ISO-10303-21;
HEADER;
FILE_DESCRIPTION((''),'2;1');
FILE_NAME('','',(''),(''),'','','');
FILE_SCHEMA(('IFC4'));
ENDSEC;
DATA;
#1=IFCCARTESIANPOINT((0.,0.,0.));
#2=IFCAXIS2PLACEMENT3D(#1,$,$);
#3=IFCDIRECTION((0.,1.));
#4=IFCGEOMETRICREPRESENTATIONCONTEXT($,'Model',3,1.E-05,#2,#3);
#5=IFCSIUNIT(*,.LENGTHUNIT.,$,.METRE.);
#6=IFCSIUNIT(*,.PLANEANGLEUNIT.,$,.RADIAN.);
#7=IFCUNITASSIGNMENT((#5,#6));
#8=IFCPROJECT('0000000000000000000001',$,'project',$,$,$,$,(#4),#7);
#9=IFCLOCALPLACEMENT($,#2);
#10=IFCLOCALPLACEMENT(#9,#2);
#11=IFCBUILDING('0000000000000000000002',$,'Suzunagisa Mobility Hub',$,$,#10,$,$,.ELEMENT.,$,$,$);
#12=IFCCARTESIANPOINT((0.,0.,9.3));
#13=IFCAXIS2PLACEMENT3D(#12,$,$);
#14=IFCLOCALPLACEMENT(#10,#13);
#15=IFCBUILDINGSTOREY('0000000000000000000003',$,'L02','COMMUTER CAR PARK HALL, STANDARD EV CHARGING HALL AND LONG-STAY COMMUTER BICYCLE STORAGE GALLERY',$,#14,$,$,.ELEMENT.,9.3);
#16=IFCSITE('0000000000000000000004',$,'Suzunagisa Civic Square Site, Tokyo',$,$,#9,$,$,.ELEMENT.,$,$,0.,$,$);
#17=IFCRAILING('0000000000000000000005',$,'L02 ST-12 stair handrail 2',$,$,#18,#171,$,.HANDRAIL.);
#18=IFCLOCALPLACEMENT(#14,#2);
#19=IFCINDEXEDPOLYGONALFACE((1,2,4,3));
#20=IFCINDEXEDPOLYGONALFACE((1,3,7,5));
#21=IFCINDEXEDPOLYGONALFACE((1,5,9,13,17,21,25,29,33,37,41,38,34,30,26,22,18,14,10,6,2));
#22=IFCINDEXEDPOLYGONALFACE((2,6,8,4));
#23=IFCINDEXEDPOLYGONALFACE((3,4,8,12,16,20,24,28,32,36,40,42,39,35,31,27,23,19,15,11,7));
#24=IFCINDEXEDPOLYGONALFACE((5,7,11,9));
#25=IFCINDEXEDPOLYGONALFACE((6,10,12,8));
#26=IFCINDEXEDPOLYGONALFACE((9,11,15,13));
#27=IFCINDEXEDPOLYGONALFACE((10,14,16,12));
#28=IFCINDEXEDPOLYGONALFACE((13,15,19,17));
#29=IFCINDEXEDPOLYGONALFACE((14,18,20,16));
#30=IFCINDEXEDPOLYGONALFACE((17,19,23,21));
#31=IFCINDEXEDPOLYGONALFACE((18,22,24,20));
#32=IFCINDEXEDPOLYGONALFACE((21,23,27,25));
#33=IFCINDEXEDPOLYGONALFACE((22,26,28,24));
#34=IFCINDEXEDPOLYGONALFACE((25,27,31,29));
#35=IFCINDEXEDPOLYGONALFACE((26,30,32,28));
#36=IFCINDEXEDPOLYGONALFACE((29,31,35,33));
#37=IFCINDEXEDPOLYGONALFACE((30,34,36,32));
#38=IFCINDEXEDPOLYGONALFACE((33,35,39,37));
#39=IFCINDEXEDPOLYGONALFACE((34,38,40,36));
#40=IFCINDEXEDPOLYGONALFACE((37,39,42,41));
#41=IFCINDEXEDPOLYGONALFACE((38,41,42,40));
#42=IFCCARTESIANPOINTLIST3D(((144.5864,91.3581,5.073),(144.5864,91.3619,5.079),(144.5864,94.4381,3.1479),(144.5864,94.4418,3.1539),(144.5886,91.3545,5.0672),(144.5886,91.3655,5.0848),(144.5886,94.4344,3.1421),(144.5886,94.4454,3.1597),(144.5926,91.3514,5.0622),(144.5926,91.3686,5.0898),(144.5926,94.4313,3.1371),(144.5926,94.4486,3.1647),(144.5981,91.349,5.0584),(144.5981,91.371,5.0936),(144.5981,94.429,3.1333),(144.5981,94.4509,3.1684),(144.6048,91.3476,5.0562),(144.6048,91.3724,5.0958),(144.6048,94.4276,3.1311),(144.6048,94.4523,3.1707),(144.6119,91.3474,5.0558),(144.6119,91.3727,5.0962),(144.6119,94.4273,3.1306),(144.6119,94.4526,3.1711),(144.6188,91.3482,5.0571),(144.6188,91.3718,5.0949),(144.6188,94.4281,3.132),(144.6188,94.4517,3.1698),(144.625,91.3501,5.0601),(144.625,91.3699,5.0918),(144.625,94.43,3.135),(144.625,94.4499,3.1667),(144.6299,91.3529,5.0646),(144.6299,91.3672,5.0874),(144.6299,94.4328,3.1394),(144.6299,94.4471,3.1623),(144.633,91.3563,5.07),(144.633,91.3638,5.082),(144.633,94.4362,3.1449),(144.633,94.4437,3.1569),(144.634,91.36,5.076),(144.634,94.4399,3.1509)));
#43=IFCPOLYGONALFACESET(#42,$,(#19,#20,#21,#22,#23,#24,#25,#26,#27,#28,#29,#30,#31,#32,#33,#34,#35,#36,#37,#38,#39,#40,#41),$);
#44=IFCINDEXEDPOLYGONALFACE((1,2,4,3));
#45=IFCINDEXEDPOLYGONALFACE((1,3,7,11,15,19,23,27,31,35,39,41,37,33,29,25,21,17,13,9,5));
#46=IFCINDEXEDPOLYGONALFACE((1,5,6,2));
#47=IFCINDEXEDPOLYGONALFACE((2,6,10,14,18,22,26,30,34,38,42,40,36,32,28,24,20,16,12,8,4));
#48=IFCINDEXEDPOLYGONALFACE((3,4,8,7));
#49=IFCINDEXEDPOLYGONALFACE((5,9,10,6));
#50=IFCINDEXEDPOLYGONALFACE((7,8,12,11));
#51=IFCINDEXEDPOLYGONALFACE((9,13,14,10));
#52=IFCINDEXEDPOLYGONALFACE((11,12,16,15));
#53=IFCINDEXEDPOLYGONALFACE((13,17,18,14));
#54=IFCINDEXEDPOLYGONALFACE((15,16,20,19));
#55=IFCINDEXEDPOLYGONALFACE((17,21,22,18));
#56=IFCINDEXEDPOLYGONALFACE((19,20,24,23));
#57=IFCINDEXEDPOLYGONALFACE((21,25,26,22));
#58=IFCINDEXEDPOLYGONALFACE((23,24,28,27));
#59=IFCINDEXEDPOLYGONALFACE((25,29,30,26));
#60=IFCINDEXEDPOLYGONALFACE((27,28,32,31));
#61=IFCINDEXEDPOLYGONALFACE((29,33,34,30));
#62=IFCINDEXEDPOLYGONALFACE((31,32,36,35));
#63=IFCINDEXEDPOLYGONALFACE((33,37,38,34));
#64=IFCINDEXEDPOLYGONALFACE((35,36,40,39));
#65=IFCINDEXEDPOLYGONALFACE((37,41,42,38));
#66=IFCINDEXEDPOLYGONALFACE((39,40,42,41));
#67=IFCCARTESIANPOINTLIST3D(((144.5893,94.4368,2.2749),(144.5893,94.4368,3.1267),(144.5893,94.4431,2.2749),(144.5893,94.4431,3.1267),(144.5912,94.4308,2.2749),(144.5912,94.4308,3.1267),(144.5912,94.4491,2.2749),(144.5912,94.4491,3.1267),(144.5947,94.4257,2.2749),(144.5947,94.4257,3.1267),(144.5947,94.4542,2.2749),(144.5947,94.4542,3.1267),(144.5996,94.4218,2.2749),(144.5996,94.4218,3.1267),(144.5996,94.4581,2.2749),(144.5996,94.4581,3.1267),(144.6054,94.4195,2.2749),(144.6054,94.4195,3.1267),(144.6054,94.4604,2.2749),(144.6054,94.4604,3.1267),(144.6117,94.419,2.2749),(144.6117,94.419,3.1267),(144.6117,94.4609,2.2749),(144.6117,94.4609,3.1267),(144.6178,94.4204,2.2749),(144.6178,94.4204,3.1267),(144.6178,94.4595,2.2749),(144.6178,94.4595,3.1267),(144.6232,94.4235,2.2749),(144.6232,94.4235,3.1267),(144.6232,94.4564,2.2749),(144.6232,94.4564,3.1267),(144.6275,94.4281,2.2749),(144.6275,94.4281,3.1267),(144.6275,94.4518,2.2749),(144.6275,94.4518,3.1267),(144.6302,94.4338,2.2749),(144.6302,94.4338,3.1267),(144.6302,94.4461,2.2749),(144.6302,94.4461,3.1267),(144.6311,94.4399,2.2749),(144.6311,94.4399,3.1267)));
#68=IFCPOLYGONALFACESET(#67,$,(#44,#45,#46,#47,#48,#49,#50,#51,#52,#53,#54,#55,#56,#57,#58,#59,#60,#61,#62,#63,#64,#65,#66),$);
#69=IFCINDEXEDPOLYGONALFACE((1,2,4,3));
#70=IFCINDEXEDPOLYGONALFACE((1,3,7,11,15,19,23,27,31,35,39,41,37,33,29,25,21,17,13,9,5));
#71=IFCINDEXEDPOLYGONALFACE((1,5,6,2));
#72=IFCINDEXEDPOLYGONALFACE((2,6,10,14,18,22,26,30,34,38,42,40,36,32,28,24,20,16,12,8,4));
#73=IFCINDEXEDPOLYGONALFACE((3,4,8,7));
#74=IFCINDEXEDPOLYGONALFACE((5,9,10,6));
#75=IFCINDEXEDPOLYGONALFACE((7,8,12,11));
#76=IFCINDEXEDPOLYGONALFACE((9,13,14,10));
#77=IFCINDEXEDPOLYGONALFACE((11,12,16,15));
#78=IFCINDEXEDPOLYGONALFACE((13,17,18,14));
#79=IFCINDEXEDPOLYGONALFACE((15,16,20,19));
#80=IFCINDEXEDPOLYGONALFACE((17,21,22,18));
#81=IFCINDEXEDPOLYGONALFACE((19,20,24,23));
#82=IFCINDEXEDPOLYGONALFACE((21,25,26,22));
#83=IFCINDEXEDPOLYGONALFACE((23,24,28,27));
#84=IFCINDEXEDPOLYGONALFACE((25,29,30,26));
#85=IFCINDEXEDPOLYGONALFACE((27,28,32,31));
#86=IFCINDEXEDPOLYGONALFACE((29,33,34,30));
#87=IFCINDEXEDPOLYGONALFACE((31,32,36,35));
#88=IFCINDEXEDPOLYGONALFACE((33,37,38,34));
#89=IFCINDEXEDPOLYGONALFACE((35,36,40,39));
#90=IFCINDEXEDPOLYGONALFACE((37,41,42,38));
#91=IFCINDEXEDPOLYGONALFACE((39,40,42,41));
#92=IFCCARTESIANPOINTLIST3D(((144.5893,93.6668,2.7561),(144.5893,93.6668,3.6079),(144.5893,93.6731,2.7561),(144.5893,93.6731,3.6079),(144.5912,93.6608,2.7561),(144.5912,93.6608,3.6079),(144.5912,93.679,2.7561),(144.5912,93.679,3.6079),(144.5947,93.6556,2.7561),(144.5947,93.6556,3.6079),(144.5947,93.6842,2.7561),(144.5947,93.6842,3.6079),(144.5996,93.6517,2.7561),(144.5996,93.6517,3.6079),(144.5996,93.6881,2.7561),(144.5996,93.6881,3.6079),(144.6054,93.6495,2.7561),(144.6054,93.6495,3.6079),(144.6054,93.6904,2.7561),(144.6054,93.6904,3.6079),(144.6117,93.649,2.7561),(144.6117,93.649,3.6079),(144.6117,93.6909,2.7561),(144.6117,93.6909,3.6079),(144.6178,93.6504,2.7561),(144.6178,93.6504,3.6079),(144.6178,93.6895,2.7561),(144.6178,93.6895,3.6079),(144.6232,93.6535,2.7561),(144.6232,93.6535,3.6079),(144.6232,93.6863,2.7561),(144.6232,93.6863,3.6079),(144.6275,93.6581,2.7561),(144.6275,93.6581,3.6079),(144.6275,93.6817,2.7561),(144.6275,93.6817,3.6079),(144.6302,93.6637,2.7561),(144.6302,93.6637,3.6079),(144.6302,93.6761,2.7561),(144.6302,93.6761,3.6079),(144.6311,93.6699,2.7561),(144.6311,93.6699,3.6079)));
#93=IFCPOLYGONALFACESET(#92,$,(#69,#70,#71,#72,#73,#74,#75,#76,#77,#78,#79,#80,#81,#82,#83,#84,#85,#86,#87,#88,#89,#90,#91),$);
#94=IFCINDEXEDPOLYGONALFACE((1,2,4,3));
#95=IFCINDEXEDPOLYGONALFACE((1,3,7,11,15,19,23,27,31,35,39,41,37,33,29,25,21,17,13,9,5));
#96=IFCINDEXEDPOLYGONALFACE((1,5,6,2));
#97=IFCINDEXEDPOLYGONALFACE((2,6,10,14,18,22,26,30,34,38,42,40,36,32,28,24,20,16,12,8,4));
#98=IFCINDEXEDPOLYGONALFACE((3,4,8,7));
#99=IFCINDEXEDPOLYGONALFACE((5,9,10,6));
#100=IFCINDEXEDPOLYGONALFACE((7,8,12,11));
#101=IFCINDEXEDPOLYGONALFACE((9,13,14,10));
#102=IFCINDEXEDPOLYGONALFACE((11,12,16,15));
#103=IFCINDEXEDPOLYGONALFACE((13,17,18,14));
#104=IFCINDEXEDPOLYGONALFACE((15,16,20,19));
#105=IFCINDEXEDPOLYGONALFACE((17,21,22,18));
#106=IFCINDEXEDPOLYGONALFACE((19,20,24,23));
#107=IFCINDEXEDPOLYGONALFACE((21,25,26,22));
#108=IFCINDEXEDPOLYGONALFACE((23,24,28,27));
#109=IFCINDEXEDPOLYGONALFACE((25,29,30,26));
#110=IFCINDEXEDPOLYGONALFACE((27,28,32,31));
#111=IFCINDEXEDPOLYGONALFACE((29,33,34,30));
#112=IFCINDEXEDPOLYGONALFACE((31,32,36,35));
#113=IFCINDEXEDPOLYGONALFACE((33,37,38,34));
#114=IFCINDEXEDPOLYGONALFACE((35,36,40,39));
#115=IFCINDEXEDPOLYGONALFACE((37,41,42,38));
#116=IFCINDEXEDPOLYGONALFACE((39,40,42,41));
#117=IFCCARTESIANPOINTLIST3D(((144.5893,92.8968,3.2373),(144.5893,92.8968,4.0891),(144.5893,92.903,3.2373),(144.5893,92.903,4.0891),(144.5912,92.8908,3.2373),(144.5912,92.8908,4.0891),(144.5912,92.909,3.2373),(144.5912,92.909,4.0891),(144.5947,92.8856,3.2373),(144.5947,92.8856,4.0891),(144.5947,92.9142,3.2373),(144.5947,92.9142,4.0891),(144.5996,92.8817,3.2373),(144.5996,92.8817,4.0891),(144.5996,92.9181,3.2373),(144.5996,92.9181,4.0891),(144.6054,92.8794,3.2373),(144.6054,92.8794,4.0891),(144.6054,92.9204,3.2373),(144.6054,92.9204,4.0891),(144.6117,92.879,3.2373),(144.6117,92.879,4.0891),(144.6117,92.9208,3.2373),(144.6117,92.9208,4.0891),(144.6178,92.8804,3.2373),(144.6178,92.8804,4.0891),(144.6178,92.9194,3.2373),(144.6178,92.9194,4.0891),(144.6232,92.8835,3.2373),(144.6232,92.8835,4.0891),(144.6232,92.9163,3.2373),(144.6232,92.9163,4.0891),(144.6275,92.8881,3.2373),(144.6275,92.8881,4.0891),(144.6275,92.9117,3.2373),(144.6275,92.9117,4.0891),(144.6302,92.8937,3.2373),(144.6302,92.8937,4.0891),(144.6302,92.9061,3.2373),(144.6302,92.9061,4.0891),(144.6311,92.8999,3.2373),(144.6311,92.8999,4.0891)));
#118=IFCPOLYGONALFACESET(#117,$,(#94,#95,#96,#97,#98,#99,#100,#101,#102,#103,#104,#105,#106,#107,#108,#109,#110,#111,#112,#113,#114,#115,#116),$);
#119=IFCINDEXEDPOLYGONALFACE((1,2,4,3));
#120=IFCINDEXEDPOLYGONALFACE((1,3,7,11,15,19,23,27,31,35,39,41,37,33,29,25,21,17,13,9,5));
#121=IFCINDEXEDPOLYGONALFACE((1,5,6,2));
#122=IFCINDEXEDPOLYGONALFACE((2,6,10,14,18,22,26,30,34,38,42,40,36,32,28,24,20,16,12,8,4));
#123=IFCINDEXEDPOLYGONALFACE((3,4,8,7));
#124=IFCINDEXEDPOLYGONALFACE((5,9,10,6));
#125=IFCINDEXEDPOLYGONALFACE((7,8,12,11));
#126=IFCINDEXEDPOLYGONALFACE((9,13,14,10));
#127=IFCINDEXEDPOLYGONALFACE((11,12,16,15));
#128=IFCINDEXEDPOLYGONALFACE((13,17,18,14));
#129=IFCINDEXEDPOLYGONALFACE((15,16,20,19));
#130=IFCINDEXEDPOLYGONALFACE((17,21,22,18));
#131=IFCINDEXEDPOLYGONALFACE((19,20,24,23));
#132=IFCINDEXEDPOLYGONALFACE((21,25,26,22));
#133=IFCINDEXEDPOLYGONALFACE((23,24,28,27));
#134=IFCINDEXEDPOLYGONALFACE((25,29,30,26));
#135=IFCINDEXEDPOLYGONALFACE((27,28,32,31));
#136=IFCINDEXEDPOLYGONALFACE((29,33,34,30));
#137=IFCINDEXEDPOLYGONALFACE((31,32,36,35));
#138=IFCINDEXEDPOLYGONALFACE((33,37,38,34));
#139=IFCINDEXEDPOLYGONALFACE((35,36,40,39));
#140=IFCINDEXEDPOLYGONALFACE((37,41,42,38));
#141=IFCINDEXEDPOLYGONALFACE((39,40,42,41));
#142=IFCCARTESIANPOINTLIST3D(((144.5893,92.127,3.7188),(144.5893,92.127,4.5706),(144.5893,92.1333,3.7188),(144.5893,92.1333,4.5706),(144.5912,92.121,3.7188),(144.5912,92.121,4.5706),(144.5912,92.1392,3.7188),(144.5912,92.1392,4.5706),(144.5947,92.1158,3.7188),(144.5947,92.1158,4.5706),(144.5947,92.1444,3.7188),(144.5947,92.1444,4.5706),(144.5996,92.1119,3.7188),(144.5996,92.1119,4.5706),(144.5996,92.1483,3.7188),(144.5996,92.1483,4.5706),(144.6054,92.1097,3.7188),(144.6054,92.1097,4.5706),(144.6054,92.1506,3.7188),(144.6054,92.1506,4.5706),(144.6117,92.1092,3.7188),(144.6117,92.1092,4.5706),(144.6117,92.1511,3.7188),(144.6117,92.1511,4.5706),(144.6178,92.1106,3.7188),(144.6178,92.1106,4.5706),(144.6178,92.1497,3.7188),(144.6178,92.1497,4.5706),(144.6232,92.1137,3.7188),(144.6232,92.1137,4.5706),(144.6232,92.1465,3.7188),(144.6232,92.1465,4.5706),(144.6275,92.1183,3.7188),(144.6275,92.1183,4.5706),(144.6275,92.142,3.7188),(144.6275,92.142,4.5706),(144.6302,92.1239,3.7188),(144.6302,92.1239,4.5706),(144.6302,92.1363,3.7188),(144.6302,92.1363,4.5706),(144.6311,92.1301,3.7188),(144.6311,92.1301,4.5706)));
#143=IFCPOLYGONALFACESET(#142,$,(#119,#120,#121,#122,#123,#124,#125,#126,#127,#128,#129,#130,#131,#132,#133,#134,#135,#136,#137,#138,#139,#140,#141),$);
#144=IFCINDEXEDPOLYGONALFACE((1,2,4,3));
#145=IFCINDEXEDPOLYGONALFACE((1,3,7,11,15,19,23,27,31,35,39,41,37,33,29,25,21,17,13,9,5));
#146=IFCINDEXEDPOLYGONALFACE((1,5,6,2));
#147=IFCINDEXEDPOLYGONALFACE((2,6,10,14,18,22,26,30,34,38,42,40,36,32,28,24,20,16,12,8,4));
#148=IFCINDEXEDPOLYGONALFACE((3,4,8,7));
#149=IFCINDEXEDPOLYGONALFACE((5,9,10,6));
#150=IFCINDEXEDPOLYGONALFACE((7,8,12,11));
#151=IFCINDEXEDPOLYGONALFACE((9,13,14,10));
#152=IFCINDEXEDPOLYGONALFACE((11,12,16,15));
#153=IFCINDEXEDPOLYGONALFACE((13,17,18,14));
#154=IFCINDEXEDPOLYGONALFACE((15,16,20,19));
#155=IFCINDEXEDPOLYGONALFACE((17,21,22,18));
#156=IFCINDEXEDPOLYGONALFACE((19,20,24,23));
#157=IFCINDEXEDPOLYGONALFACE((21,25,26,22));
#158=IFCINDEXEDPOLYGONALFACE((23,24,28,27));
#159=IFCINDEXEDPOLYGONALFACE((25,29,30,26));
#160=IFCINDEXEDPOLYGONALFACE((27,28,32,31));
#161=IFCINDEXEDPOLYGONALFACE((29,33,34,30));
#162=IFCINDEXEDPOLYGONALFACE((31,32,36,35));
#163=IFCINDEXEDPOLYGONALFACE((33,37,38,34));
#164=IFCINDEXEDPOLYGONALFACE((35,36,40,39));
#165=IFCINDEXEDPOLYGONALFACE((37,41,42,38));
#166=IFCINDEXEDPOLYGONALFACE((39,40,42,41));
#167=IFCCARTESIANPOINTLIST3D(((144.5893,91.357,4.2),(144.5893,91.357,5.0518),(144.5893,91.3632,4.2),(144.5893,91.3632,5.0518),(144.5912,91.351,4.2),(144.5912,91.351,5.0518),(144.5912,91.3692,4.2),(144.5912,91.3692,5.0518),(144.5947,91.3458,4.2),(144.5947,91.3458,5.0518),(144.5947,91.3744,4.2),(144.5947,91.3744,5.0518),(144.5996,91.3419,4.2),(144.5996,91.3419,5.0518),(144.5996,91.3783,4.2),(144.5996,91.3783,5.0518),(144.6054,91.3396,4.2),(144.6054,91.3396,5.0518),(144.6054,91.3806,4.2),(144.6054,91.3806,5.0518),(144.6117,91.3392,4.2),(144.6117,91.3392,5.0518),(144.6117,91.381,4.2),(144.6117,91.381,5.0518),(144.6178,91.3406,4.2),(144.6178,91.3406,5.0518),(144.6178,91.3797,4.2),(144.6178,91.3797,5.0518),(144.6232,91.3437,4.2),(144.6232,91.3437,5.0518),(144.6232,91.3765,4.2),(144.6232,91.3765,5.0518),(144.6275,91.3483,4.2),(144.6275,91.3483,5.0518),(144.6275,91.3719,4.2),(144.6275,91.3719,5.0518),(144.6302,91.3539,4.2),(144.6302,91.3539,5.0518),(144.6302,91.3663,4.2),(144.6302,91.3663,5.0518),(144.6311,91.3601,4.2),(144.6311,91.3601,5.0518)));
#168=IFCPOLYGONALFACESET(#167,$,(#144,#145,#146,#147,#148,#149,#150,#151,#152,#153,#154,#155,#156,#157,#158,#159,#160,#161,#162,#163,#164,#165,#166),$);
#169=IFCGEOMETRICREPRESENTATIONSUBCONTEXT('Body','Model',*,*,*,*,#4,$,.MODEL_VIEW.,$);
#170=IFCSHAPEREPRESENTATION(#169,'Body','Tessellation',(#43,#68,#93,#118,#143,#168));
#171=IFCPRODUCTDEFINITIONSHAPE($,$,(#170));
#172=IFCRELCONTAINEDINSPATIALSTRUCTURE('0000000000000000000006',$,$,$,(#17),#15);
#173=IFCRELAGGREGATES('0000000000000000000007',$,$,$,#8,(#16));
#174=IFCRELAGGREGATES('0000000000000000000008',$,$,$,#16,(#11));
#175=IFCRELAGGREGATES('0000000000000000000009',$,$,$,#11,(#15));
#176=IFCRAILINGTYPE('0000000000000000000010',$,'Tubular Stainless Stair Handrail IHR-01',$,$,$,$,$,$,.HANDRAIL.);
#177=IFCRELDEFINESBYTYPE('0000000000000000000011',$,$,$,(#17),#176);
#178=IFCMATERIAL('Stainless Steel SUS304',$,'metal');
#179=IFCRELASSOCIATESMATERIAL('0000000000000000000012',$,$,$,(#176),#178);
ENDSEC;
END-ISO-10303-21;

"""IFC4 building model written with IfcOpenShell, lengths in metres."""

from ifc_helpers import new_model, si_unit, direction, frame, origin, origin_2d, place, context, subcontext, project, spatial, circle, extrude, material, type_object, element, save


model = new_model("IFC4")

# Units and contexts
model_context = context("Model", 3, precision=1e-05, world=origin(), true_north=direction((0.0, 1.0)))
body_context = subcontext(model_context, "Body", "Model", "MODEL_VIEW")
ifc_project = project(units=[si_unit("LENGTHUNIT", "METRE"), si_unit("PLANEANGLEUNIT", "RADIAN")], contexts=[model_context])

# Site, building, storey
site_placement = place(None, origin())
site = spatial("IfcSite", under=ifc_project, at=site_placement, Name="Suzunagisa Civic Square Site, Tokyo", CompositionType="ELEMENT", RefElevation=0.0)
building_placement = place(site_placement, origin())
building = spatial("IfcBuilding", under=site, at=building_placement, Name="Suzunagisa Mobility Hub", CompositionType="ELEMENT")
storey_placement = place(building_placement, frame((0.0, 0.0, 9.3)))
storey = spatial("IfcBuildingStorey", under=building, at=storey_placement, Name="L02", Description="COMMUTER CAR PARK HALL, STANDARD EV CHARGING HALL AND LONG-STAY COMMUTER BICYCLE STORAGE GALLERY", CompositionType="ELEMENT", Elevation=9.3)

# Railing
ifc_material_1 = material(Name="Stainless Steel SUS304", Category="metal")
railing_type_1 = type_object("IfcRailingType", Name="Tubular Stainless Stair Handrail IHR-01", PredefinedType="HANDRAIL", material=ifc_material_1)
railing_1_placement = place(storey_placement, frame((144.6101, 94.4399, 2.2749)))
element("IfcRailing", 1, at=railing_1_placement, inside=storey, type_object=railing_type_1, Name="L02 ST-12 stair handrail 2", PredefinedType="HANDRAIL", context=body_context, shape_type="SweptSolid", body=[
    extrude(circle(Radius=0.0239, at=origin_2d()), frame((0.0, 0.0, 0.876), z_axis=(0.0, -0.847979, 0.530029), x_axis=(1.0, 0.0, 0.0)), (0.0, 0.0, 1.0), 3.6321),
    extrude(circle(Radius=0.021, at=origin_2d()), origin(), (0.0, 0.0, 1.0), 0.8518),
    extrude(circle(Radius=0.021, at=origin_2d()), frame((0.0, -0.77, 0.4812)), (0.0, 0.0, 1.0), 0.8518),
    extrude(circle(Radius=0.021, at=origin_2d()), frame((0.0, -1.54, 0.9624)), (0.0, 0.0, 1.0), 0.8518),
    extrude(circle(Radius=0.021, at=origin_2d()), frame((0.0, -2.3098, 1.4438)), (0.0, 0.0, 1.0), 0.8518),
    extrude(circle(Radius=0.021, at=origin_2d()), frame((0.0, -3.0798, 1.925)), (0.0, 0.0, 1.0), 0.8518),
])

save(model, "model.ifc")
